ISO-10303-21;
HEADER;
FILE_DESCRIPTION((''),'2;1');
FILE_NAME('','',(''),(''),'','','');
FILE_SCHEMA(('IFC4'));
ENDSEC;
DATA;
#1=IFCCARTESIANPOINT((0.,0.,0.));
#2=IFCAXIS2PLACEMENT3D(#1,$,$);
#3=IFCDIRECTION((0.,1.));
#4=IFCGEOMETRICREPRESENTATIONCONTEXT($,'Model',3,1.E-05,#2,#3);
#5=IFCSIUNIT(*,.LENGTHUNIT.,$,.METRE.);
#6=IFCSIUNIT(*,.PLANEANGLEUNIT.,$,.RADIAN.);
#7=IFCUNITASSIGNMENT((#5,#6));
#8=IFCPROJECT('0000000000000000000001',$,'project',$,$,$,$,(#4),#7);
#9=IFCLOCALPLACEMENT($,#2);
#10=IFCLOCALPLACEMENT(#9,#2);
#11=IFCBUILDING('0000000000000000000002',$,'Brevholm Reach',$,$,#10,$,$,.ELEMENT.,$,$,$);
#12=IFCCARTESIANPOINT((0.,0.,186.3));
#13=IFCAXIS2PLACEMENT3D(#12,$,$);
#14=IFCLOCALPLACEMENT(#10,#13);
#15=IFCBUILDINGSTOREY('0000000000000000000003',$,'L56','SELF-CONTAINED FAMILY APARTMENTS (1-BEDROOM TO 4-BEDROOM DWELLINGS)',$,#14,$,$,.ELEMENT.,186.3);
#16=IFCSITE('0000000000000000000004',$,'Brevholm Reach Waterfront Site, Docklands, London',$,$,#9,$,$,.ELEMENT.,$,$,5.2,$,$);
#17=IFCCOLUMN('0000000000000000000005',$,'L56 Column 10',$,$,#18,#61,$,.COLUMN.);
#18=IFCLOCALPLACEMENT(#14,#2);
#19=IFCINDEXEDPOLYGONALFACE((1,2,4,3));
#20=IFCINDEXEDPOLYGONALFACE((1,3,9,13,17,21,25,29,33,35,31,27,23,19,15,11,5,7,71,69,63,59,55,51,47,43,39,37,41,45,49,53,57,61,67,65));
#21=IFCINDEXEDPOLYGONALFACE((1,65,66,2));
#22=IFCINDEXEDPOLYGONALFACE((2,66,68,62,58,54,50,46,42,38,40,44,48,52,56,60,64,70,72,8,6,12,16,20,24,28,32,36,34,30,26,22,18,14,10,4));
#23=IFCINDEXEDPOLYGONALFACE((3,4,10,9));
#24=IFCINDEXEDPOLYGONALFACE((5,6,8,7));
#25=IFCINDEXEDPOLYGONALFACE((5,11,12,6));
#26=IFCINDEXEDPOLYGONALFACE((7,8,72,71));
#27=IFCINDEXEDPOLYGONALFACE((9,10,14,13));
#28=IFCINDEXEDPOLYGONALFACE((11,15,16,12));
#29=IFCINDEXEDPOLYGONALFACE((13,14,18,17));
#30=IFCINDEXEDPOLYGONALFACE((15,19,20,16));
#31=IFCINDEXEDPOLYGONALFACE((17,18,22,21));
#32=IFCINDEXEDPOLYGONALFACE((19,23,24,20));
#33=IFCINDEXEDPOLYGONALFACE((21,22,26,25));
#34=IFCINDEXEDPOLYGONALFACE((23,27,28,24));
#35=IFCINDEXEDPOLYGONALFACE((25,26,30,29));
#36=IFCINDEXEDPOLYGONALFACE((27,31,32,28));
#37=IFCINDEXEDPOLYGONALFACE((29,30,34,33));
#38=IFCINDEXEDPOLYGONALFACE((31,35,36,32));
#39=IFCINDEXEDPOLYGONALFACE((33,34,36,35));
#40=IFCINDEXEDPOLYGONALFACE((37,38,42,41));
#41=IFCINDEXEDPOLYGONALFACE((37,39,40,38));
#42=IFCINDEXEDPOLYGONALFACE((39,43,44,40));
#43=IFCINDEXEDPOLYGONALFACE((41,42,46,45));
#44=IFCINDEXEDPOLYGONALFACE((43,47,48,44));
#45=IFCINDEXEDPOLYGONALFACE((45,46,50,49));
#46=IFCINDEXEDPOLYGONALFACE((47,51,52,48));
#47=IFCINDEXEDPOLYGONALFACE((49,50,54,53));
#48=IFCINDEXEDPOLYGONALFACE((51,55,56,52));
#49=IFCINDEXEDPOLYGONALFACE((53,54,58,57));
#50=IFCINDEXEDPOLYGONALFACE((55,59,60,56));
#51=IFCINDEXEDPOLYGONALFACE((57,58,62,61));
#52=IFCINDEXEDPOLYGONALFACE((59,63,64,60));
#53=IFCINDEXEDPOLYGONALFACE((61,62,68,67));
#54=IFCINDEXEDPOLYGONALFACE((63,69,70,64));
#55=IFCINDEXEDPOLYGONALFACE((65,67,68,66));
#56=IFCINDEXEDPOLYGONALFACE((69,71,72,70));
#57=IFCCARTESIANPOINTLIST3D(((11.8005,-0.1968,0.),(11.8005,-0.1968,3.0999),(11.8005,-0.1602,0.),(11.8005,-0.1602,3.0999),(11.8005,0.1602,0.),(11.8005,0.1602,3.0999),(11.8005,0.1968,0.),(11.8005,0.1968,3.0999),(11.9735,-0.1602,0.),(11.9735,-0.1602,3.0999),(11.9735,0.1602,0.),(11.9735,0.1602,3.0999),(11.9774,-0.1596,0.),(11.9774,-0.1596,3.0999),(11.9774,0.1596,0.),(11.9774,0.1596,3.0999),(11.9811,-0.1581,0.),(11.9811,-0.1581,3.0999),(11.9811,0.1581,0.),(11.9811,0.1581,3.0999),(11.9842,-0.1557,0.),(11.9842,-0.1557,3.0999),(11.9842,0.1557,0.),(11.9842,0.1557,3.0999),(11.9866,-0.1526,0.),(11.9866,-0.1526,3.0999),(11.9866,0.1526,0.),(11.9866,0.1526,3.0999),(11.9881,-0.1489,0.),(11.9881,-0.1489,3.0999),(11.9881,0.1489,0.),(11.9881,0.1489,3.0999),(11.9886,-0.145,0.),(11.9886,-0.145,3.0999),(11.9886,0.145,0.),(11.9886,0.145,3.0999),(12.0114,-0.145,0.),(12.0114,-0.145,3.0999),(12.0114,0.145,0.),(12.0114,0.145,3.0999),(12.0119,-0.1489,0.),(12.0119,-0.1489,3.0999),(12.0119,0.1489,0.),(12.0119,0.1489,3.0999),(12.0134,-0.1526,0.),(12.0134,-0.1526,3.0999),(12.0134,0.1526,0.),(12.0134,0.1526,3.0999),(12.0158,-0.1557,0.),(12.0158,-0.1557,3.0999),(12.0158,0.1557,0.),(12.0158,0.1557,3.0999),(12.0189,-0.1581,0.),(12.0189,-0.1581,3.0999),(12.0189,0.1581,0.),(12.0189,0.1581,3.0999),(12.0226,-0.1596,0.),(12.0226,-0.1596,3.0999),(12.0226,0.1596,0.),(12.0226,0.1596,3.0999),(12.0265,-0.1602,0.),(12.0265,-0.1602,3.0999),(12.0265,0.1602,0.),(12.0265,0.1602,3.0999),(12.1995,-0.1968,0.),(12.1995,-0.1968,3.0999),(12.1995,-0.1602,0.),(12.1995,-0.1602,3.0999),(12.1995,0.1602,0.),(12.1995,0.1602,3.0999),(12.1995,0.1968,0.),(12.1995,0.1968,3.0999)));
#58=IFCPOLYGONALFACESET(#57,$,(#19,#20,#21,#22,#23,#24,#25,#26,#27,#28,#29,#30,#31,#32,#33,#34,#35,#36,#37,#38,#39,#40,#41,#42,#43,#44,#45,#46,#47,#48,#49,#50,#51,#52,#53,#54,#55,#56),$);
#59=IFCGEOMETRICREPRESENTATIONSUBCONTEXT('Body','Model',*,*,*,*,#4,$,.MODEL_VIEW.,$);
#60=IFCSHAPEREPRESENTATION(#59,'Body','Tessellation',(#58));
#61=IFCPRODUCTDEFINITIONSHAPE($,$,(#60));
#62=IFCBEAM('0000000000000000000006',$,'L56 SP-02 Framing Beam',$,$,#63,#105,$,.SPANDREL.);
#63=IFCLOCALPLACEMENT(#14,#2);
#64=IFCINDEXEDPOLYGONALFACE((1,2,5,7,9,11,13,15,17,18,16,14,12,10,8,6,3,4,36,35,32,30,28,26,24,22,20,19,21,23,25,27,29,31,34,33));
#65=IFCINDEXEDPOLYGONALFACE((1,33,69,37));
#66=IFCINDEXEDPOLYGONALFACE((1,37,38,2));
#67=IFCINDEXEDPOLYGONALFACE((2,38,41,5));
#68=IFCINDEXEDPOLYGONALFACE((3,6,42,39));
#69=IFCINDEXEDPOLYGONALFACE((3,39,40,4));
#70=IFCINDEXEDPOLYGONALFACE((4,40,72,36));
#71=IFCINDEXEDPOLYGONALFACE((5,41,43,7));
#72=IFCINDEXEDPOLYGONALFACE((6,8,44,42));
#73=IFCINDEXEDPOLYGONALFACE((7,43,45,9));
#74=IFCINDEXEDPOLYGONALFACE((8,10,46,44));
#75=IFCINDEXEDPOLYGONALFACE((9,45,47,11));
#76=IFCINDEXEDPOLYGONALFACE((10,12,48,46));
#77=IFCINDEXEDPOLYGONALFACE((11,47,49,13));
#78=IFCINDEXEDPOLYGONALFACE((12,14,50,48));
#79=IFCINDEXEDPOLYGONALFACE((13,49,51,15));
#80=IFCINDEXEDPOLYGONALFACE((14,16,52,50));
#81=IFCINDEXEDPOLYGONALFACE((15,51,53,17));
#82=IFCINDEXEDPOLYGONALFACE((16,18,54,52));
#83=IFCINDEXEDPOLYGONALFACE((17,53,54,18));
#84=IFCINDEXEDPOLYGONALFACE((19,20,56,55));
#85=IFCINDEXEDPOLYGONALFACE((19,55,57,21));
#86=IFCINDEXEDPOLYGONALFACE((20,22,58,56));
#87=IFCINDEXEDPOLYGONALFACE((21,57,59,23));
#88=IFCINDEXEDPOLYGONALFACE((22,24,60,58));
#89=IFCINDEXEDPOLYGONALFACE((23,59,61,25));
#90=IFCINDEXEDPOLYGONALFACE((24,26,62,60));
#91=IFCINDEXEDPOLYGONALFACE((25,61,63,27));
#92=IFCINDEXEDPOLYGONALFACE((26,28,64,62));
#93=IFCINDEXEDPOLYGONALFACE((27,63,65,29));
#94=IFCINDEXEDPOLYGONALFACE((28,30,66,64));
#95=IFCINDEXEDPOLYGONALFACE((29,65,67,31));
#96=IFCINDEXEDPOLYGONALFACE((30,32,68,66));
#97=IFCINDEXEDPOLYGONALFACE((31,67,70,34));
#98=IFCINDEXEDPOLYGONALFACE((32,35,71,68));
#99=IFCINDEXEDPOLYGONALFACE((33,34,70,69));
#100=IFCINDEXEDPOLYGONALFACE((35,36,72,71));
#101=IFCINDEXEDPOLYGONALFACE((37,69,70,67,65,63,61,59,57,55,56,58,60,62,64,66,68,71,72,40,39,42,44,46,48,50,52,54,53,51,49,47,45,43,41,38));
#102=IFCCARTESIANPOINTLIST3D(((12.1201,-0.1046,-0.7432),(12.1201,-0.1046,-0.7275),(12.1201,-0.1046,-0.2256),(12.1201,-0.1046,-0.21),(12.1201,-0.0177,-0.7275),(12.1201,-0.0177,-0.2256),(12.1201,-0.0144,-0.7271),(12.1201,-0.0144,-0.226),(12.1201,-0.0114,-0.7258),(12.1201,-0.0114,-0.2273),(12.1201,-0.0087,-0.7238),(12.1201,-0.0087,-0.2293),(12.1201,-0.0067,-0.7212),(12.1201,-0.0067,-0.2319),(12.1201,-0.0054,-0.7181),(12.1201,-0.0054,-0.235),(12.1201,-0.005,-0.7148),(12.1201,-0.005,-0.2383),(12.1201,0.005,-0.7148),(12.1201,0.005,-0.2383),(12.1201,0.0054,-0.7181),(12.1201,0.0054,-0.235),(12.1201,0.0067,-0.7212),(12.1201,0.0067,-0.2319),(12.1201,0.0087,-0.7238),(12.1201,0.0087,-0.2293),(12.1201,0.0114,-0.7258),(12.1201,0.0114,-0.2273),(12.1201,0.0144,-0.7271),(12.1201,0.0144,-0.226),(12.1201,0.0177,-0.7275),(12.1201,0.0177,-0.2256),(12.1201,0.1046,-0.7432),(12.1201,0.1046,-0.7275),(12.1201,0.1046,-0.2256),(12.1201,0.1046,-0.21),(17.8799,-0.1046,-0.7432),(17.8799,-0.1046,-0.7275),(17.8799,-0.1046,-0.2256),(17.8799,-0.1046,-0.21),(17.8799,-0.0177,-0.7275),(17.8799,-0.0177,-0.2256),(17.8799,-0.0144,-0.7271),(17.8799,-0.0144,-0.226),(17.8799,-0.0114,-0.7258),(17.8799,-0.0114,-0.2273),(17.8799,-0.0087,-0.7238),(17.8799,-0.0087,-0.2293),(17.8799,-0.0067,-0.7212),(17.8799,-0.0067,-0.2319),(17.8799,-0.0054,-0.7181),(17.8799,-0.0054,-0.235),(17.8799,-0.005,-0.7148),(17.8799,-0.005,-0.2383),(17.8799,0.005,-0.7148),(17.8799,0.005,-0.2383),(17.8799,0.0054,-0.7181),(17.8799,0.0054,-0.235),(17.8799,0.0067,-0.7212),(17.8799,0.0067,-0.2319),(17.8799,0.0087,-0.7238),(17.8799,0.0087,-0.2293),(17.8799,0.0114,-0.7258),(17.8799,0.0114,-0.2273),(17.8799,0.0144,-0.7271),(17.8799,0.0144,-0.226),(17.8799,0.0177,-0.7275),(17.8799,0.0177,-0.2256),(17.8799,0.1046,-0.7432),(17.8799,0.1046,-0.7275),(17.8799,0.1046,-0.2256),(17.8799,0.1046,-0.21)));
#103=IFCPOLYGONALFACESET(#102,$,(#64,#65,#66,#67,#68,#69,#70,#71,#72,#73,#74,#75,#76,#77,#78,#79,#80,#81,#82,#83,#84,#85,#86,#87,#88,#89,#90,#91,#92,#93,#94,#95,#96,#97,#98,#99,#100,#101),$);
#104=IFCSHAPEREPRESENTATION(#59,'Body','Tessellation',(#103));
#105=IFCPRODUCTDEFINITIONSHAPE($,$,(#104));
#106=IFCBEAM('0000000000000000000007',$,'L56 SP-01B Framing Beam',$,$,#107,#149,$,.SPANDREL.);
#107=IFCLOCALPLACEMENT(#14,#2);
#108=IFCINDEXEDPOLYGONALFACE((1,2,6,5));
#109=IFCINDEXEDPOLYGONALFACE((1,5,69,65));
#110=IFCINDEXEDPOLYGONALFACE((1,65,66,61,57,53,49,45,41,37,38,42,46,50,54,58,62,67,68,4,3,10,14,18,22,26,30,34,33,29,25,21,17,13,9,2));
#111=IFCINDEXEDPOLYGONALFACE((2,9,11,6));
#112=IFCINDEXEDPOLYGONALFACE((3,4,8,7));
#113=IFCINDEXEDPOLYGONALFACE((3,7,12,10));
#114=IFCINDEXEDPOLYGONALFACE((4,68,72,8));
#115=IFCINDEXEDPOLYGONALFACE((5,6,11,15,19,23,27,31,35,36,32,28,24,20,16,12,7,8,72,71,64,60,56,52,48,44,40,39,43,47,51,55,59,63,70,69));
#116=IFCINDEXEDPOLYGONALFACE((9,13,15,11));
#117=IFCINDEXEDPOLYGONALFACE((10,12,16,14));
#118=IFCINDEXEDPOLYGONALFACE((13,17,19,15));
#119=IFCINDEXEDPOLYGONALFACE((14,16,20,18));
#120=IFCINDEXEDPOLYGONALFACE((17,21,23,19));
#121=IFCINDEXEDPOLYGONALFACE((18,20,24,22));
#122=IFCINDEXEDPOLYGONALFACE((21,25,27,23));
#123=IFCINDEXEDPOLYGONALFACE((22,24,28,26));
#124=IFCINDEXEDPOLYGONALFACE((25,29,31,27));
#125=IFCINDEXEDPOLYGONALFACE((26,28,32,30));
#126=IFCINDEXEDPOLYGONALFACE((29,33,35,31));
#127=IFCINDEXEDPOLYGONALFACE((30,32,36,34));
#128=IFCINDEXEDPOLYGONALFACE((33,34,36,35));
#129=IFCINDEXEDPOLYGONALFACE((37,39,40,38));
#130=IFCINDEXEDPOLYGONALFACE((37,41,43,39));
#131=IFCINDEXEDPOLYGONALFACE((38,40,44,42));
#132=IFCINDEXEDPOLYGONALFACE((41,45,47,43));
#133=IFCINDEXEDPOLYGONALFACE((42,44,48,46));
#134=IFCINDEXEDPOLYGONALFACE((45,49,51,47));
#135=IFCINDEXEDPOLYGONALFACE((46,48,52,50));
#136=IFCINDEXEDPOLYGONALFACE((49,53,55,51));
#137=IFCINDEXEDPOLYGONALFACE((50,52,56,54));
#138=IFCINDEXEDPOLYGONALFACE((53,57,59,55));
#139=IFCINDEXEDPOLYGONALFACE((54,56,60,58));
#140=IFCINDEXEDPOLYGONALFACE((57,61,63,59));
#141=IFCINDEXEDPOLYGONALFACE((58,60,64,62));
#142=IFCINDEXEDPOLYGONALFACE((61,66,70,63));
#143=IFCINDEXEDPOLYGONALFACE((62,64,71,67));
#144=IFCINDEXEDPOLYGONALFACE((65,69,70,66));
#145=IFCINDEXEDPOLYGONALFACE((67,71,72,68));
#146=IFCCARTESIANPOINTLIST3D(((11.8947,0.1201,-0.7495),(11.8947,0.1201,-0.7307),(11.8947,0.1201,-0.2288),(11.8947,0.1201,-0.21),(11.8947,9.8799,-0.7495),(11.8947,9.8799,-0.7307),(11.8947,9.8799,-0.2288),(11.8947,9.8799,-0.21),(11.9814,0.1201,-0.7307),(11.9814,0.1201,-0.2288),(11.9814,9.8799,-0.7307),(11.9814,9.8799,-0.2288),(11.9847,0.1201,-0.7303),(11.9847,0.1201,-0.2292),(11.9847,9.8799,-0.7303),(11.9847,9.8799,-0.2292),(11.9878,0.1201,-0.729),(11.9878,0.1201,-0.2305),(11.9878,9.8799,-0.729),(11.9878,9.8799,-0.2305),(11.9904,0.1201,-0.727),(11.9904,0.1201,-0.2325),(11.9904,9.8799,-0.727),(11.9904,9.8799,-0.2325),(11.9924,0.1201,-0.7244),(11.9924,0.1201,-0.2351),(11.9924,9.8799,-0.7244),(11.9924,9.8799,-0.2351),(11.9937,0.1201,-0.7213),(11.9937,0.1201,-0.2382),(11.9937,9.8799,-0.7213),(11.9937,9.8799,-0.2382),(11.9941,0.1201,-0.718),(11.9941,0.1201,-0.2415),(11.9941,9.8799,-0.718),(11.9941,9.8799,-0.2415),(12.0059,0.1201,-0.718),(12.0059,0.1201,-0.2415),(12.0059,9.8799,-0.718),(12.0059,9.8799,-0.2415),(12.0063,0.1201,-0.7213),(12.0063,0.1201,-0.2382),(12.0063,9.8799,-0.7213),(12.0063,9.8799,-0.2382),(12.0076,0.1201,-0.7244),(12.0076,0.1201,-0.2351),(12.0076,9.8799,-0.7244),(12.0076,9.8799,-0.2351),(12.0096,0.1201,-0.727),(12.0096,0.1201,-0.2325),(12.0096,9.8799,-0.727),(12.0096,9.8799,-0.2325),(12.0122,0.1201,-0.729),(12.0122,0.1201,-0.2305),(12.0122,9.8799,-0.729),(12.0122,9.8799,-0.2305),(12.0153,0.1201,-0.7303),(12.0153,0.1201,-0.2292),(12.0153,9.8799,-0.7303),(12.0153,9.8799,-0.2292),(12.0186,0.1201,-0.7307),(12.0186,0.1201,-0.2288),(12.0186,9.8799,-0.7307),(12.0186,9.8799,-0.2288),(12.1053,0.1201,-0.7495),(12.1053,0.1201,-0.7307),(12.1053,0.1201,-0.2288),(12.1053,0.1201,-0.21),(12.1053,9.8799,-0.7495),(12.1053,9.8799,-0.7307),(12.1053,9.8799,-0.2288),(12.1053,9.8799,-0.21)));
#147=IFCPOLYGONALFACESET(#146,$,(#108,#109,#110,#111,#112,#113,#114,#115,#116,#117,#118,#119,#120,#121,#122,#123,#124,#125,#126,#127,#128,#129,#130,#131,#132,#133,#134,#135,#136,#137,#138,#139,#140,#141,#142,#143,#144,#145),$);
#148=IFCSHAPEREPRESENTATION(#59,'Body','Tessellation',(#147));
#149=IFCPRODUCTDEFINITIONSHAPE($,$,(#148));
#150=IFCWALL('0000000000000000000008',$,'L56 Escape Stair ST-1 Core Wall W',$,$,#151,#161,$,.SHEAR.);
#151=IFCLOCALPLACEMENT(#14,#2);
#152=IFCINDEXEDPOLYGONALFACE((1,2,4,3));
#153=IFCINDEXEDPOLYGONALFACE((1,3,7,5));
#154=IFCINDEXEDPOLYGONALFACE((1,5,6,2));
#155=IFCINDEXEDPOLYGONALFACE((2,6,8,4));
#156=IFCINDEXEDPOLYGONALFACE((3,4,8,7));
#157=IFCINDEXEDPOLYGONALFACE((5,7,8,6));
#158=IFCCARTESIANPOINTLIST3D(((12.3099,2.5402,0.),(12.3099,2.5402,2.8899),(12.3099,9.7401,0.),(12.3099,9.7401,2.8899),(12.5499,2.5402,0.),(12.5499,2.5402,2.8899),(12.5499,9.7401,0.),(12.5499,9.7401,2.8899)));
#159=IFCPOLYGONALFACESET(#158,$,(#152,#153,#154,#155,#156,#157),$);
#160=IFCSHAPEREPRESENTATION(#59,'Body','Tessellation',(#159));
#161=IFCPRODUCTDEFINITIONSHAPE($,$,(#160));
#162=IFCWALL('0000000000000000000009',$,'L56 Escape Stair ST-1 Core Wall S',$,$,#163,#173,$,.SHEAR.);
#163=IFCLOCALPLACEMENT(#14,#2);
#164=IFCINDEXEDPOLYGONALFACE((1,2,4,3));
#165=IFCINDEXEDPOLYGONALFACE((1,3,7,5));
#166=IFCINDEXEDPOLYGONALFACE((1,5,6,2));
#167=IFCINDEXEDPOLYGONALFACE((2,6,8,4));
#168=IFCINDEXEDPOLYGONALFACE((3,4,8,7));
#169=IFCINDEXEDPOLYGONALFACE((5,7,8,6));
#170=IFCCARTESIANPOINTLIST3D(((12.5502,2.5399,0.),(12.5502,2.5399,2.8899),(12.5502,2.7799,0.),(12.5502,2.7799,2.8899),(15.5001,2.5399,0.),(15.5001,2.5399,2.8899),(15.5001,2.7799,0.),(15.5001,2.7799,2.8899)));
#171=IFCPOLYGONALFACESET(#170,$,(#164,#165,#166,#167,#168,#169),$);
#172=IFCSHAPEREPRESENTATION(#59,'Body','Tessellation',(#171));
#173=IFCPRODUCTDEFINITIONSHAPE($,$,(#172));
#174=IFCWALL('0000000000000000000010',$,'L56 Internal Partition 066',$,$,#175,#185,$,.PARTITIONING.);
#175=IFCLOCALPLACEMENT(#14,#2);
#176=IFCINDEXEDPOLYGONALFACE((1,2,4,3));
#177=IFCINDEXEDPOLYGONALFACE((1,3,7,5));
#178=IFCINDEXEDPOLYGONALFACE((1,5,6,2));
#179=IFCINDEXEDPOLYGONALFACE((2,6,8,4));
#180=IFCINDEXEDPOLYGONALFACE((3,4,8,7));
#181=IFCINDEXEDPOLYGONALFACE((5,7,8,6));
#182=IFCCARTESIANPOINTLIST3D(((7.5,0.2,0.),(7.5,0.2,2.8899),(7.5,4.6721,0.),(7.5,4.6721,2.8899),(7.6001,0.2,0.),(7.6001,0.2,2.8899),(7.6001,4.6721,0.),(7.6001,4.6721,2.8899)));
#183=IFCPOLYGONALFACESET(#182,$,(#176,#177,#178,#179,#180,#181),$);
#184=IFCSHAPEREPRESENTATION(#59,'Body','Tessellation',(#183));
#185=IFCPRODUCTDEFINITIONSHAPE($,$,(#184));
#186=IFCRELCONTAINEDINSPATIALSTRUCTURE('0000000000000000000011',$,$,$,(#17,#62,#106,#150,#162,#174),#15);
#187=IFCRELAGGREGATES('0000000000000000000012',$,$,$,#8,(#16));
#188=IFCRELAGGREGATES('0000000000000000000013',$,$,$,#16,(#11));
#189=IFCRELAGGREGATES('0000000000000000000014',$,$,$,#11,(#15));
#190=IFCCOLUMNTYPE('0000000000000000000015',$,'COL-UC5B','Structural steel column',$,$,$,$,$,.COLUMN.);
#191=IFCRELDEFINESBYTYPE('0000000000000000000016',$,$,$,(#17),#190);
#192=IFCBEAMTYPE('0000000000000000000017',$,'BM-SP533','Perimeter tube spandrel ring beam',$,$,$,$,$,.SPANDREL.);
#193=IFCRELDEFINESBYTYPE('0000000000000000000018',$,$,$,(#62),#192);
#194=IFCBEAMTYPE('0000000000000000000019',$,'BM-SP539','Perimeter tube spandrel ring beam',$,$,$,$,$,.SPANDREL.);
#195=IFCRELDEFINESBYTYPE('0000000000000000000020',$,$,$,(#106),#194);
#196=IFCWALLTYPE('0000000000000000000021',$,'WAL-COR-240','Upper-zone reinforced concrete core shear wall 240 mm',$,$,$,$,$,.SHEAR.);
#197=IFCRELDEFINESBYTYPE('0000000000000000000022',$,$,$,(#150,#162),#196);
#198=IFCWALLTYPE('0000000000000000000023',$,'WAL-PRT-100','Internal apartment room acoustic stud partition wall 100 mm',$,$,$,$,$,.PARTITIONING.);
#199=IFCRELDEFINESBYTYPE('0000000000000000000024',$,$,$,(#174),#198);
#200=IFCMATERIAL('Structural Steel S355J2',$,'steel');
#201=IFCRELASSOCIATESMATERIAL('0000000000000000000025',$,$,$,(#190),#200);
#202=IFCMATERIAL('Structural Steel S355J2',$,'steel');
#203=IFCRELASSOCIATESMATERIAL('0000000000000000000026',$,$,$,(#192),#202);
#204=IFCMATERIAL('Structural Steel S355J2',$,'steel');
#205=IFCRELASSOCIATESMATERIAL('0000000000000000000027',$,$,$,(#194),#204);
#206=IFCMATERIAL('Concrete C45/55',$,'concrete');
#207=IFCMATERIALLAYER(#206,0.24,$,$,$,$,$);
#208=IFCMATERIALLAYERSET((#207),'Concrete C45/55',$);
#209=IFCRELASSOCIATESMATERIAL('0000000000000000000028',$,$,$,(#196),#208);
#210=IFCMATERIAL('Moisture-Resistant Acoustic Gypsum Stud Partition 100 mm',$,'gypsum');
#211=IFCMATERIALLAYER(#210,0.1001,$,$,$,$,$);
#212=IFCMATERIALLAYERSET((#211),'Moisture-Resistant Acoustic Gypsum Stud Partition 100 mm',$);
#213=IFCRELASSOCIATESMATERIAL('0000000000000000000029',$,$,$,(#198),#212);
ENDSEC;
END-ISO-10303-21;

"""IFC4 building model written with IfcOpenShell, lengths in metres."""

from ifc_helpers import new_model, si_unit, direction, frame, frame_2d, origin, origin_2d, place, context, subcontext, project, spatial, rectangle, i_section, extrude, material, layer, layer_set, material_profile, profile_set, type_object, element, save


model = new_model("IFC4")

# Units and contexts
model_context = context("Model", 3, precision=1e-05, world=origin(), true_north=direction((0.0, 1.0)))
body_context = subcontext(model_context, "Body", "Model", "MODEL_VIEW")
ifc_project = project(units=[si_unit("LENGTHUNIT", "METRE"), si_unit("PLANEANGLEUNIT", "RADIAN")], contexts=[model_context])

# Site, building, storey
site_placement = place(None, origin())
site = spatial("IfcSite", under=ifc_project, at=site_placement, Name="Brevholm Reach Waterfront Site, Docklands, London", CompositionType="ELEMENT", RefElevation=5.2)
building_placement = place(site_placement, origin())
building = spatial("IfcBuilding", under=site, at=building_placement, Name="Brevholm Reach", CompositionType="ELEMENT")
storey_placement = place(building_placement, frame((0.0, 0.0, 186.3)))
storey = spatial("IfcBuildingStorey", under=building, at=storey_placement, Name="L56", Description="SELF-CONTAINED FAMILY APARTMENTS (1-BEDROOM TO 4-BEDROOM DWELLINGS)", CompositionType="ELEMENT", Elevation=186.3)

# Column
ifc_material_1 = material(Name="Structural Steel S355J2", Category="steel")
ifc_material_profile_1 = material_profile(ifc_material_1, i_section(OverallWidth=0.3989, OverallDepth=0.3936, WebThickness=0.0227, FlangeThickness=0.0366, FilletRadius=0.0151, at=origin_2d()), Name="UKC 356x406x287")
ifc_profile_set_1 = profile_set([ifc_material_profile_1], Name="Structural Steel S355J2")
column_type = type_object("IfcColumnType", Name="COL-UC5B", Description="Structural steel column", PredefinedType="COLUMN", material=ifc_profile_set_1)
column_placement = place(storey_placement, frame((12.0, 0.0, 0.0), z_axis=(0.0, 0.0, 1.0), x_axis=(1.0, 0.0, 0.0)))
element("IfcColumn", 1, at=column_placement, inside=storey, type_object=column_type, Name="L56 Column 10", PredefinedType="COLUMN", context=body_context, shape_type="SweptSolid", body=[
    extrude(i_section(OverallWidth=0.3989, OverallDepth=0.3936, WebThickness=0.0227, FlangeThickness=0.0366, FilletRadius=0.0151, at=origin_2d()), origin(), (0.0, 0.0, 1.0), 3.0999),
])

# Beams
ifc_material_2 = material(Name="Structural Steel S355J2", Category="steel")
ifc_material_profile_2 = material_profile(ifc_material_2, i_section(OverallWidth=0.2092, OverallDepth=0.5332, WebThickness=0.01, FlangeThickness=0.0156, FilletRadius=0.0127, at=origin_2d()), Name="UKB 533x210x92")
ifc_profile_set_2 = profile_set([ifc_material_profile_2], Name="Structural Steel S355J2")
beam_type_1 = type_object("IfcBeamType", Name="BM-SP533", Description="Perimeter tube spandrel ring beam", PredefinedType="SPANDREL", material=ifc_profile_set_2)
beam_1_placement = place(storey_placement, frame((12.1201, 0.0, -0.4766), z_axis=(1.0, 0.0, 0.0), x_axis=(0.0, 1.0, 0.0)))
element("IfcBeam", 2, at=beam_1_placement, inside=storey, type_object=beam_type_1, Name="L56 SP-02 Framing Beam", PredefinedType="SPANDREL", context=body_context, shape_type="SweptSolid", body=[
    extrude(i_section(OverallWidth=0.2092, OverallDepth=0.5332, WebThickness=0.01, FlangeThickness=0.0156, FilletRadius=0.0127, at=origin_2d()), origin(), (0.0, 0.0, 1.0), 5.7598),
])
ifc_material_3 = material(Name="Structural Steel S355J2", Category="steel")
ifc_material_profile_3 = material_profile(ifc_material_3, i_section(OverallWidth=0.2107, OverallDepth=0.5396, WebThickness=0.0117, FlangeThickness=0.0188, FilletRadius=0.0127, at=origin_2d()), Name="UKB 533x210x109")
ifc_profile_set_3 = profile_set([ifc_material_profile_3], Name="Structural Steel S355J2")
beam_type_2 = type_object("IfcBeamType", Name="BM-SP539", Description="Perimeter tube spandrel ring beam", PredefinedType="SPANDREL", material=ifc_profile_set_3)
beam_2_placement = place(storey_placement, frame((12.0, 0.1201, -0.4797), z_axis=(0.0, 1.0, 0.0), x_axis=(-1.0, 0.0, 0.0)))
element("IfcBeam", 3, at=beam_2_placement, inside=storey, type_object=beam_type_2, Name="L56 SP-01B Framing Beam", PredefinedType="SPANDREL", context=body_context, shape_type="SweptSolid", body=[
    extrude(i_section(OverallWidth=0.2107, OverallDepth=0.5396, WebThickness=0.0117, FlangeThickness=0.0188, FilletRadius=0.0127, at=origin_2d()), origin(), (0.0, 0.0, 1.0), 9.7598),
])

# Walls
ifc_material_4 = material(Name="Concrete C45/55", Category="concrete")
ifc_layer_1 = layer(ifc_material_4, 0.24)
ifc_layer_set_1 = layer_set([ifc_layer_1], Name="Concrete C45/55")
wall_type_1 = type_object("IfcWallType", Name="WAL-COR-240", Description="Upper-zone reinforced concrete core shear wall 240 mm", PredefinedType="SHEAR", material=ifc_layer_set_1)
wall_1_placement = place(storey_placement, frame((12.4299, 2.54, 0.0), z_axis=(0.0, 0.0, 1.0), x_axis=(0.0, 1.0, 0.0)))
element("IfcWall", 4, at=wall_1_placement, inside=storey, type_object=wall_type_1, Name="L56 Escape Stair ST-1 Core Wall W", PredefinedType="SHEAR", context=body_context, shape_type="SweptSolid", body=[
    extrude(rectangle(XDim=7.2, YDim=0.24, at=frame_2d((3.6001, 0.0))), origin(), (0.0, 0.0, 1.0), 2.8899),
])
wall_2_placement = place(storey_placement, frame((12.55, 2.6599, 0.0), z_axis=(0.0, 0.0, 1.0), x_axis=(1.0, 0.0, 0.0)))
element("IfcWall", 5, at=wall_2_placement, inside=storey, type_object=wall_type_1, Name="L56 Escape Stair ST-1 Core Wall S", PredefinedType="SHEAR", context=body_context, shape_type="SweptSolid", body=[
    extrude(rectangle(XDim=2.95, YDim=0.24, at=frame_2d((1.4751, 0.0))), origin(), (0.0, 0.0, 1.0), 2.8899),
])
ifc_material_5 = material(Name="Moisture-Resistant Acoustic Gypsum Stud Partition 100 mm", Category="gypsum")
ifc_layer_2 = layer(ifc_material_5, 0.1001)
ifc_layer_set_2 = layer_set([ifc_layer_2], Name="Moisture-Resistant Acoustic Gypsum Stud Partition 100 mm")
wall_type_2 = type_object("IfcWallType", Name="WAL-PRT-100", Description="Internal apartment room acoustic stud partition wall 100 mm", PredefinedType="PARTITIONING", material=ifc_layer_set_2)
wall_3_placement = place(storey_placement, frame((7.55, 0.2, 0.0), z_axis=(0.0, 0.0, 1.0), x_axis=(0.0, 1.0, 0.0)))
element("IfcWall", 6, at=wall_3_placement, inside=storey, type_object=wall_type_2, Name="L56 Internal Partition 066", PredefinedType="PARTITIONING", context=body_context, shape_type="SweptSolid", body=[
    extrude(rectangle(XDim=4.4722, YDim=0.1001, at=frame_2d((2.2361, 0.0))), origin(), (0.0, 0.0, 1.0), 2.8899),
])

save(model, "model.ifc")
